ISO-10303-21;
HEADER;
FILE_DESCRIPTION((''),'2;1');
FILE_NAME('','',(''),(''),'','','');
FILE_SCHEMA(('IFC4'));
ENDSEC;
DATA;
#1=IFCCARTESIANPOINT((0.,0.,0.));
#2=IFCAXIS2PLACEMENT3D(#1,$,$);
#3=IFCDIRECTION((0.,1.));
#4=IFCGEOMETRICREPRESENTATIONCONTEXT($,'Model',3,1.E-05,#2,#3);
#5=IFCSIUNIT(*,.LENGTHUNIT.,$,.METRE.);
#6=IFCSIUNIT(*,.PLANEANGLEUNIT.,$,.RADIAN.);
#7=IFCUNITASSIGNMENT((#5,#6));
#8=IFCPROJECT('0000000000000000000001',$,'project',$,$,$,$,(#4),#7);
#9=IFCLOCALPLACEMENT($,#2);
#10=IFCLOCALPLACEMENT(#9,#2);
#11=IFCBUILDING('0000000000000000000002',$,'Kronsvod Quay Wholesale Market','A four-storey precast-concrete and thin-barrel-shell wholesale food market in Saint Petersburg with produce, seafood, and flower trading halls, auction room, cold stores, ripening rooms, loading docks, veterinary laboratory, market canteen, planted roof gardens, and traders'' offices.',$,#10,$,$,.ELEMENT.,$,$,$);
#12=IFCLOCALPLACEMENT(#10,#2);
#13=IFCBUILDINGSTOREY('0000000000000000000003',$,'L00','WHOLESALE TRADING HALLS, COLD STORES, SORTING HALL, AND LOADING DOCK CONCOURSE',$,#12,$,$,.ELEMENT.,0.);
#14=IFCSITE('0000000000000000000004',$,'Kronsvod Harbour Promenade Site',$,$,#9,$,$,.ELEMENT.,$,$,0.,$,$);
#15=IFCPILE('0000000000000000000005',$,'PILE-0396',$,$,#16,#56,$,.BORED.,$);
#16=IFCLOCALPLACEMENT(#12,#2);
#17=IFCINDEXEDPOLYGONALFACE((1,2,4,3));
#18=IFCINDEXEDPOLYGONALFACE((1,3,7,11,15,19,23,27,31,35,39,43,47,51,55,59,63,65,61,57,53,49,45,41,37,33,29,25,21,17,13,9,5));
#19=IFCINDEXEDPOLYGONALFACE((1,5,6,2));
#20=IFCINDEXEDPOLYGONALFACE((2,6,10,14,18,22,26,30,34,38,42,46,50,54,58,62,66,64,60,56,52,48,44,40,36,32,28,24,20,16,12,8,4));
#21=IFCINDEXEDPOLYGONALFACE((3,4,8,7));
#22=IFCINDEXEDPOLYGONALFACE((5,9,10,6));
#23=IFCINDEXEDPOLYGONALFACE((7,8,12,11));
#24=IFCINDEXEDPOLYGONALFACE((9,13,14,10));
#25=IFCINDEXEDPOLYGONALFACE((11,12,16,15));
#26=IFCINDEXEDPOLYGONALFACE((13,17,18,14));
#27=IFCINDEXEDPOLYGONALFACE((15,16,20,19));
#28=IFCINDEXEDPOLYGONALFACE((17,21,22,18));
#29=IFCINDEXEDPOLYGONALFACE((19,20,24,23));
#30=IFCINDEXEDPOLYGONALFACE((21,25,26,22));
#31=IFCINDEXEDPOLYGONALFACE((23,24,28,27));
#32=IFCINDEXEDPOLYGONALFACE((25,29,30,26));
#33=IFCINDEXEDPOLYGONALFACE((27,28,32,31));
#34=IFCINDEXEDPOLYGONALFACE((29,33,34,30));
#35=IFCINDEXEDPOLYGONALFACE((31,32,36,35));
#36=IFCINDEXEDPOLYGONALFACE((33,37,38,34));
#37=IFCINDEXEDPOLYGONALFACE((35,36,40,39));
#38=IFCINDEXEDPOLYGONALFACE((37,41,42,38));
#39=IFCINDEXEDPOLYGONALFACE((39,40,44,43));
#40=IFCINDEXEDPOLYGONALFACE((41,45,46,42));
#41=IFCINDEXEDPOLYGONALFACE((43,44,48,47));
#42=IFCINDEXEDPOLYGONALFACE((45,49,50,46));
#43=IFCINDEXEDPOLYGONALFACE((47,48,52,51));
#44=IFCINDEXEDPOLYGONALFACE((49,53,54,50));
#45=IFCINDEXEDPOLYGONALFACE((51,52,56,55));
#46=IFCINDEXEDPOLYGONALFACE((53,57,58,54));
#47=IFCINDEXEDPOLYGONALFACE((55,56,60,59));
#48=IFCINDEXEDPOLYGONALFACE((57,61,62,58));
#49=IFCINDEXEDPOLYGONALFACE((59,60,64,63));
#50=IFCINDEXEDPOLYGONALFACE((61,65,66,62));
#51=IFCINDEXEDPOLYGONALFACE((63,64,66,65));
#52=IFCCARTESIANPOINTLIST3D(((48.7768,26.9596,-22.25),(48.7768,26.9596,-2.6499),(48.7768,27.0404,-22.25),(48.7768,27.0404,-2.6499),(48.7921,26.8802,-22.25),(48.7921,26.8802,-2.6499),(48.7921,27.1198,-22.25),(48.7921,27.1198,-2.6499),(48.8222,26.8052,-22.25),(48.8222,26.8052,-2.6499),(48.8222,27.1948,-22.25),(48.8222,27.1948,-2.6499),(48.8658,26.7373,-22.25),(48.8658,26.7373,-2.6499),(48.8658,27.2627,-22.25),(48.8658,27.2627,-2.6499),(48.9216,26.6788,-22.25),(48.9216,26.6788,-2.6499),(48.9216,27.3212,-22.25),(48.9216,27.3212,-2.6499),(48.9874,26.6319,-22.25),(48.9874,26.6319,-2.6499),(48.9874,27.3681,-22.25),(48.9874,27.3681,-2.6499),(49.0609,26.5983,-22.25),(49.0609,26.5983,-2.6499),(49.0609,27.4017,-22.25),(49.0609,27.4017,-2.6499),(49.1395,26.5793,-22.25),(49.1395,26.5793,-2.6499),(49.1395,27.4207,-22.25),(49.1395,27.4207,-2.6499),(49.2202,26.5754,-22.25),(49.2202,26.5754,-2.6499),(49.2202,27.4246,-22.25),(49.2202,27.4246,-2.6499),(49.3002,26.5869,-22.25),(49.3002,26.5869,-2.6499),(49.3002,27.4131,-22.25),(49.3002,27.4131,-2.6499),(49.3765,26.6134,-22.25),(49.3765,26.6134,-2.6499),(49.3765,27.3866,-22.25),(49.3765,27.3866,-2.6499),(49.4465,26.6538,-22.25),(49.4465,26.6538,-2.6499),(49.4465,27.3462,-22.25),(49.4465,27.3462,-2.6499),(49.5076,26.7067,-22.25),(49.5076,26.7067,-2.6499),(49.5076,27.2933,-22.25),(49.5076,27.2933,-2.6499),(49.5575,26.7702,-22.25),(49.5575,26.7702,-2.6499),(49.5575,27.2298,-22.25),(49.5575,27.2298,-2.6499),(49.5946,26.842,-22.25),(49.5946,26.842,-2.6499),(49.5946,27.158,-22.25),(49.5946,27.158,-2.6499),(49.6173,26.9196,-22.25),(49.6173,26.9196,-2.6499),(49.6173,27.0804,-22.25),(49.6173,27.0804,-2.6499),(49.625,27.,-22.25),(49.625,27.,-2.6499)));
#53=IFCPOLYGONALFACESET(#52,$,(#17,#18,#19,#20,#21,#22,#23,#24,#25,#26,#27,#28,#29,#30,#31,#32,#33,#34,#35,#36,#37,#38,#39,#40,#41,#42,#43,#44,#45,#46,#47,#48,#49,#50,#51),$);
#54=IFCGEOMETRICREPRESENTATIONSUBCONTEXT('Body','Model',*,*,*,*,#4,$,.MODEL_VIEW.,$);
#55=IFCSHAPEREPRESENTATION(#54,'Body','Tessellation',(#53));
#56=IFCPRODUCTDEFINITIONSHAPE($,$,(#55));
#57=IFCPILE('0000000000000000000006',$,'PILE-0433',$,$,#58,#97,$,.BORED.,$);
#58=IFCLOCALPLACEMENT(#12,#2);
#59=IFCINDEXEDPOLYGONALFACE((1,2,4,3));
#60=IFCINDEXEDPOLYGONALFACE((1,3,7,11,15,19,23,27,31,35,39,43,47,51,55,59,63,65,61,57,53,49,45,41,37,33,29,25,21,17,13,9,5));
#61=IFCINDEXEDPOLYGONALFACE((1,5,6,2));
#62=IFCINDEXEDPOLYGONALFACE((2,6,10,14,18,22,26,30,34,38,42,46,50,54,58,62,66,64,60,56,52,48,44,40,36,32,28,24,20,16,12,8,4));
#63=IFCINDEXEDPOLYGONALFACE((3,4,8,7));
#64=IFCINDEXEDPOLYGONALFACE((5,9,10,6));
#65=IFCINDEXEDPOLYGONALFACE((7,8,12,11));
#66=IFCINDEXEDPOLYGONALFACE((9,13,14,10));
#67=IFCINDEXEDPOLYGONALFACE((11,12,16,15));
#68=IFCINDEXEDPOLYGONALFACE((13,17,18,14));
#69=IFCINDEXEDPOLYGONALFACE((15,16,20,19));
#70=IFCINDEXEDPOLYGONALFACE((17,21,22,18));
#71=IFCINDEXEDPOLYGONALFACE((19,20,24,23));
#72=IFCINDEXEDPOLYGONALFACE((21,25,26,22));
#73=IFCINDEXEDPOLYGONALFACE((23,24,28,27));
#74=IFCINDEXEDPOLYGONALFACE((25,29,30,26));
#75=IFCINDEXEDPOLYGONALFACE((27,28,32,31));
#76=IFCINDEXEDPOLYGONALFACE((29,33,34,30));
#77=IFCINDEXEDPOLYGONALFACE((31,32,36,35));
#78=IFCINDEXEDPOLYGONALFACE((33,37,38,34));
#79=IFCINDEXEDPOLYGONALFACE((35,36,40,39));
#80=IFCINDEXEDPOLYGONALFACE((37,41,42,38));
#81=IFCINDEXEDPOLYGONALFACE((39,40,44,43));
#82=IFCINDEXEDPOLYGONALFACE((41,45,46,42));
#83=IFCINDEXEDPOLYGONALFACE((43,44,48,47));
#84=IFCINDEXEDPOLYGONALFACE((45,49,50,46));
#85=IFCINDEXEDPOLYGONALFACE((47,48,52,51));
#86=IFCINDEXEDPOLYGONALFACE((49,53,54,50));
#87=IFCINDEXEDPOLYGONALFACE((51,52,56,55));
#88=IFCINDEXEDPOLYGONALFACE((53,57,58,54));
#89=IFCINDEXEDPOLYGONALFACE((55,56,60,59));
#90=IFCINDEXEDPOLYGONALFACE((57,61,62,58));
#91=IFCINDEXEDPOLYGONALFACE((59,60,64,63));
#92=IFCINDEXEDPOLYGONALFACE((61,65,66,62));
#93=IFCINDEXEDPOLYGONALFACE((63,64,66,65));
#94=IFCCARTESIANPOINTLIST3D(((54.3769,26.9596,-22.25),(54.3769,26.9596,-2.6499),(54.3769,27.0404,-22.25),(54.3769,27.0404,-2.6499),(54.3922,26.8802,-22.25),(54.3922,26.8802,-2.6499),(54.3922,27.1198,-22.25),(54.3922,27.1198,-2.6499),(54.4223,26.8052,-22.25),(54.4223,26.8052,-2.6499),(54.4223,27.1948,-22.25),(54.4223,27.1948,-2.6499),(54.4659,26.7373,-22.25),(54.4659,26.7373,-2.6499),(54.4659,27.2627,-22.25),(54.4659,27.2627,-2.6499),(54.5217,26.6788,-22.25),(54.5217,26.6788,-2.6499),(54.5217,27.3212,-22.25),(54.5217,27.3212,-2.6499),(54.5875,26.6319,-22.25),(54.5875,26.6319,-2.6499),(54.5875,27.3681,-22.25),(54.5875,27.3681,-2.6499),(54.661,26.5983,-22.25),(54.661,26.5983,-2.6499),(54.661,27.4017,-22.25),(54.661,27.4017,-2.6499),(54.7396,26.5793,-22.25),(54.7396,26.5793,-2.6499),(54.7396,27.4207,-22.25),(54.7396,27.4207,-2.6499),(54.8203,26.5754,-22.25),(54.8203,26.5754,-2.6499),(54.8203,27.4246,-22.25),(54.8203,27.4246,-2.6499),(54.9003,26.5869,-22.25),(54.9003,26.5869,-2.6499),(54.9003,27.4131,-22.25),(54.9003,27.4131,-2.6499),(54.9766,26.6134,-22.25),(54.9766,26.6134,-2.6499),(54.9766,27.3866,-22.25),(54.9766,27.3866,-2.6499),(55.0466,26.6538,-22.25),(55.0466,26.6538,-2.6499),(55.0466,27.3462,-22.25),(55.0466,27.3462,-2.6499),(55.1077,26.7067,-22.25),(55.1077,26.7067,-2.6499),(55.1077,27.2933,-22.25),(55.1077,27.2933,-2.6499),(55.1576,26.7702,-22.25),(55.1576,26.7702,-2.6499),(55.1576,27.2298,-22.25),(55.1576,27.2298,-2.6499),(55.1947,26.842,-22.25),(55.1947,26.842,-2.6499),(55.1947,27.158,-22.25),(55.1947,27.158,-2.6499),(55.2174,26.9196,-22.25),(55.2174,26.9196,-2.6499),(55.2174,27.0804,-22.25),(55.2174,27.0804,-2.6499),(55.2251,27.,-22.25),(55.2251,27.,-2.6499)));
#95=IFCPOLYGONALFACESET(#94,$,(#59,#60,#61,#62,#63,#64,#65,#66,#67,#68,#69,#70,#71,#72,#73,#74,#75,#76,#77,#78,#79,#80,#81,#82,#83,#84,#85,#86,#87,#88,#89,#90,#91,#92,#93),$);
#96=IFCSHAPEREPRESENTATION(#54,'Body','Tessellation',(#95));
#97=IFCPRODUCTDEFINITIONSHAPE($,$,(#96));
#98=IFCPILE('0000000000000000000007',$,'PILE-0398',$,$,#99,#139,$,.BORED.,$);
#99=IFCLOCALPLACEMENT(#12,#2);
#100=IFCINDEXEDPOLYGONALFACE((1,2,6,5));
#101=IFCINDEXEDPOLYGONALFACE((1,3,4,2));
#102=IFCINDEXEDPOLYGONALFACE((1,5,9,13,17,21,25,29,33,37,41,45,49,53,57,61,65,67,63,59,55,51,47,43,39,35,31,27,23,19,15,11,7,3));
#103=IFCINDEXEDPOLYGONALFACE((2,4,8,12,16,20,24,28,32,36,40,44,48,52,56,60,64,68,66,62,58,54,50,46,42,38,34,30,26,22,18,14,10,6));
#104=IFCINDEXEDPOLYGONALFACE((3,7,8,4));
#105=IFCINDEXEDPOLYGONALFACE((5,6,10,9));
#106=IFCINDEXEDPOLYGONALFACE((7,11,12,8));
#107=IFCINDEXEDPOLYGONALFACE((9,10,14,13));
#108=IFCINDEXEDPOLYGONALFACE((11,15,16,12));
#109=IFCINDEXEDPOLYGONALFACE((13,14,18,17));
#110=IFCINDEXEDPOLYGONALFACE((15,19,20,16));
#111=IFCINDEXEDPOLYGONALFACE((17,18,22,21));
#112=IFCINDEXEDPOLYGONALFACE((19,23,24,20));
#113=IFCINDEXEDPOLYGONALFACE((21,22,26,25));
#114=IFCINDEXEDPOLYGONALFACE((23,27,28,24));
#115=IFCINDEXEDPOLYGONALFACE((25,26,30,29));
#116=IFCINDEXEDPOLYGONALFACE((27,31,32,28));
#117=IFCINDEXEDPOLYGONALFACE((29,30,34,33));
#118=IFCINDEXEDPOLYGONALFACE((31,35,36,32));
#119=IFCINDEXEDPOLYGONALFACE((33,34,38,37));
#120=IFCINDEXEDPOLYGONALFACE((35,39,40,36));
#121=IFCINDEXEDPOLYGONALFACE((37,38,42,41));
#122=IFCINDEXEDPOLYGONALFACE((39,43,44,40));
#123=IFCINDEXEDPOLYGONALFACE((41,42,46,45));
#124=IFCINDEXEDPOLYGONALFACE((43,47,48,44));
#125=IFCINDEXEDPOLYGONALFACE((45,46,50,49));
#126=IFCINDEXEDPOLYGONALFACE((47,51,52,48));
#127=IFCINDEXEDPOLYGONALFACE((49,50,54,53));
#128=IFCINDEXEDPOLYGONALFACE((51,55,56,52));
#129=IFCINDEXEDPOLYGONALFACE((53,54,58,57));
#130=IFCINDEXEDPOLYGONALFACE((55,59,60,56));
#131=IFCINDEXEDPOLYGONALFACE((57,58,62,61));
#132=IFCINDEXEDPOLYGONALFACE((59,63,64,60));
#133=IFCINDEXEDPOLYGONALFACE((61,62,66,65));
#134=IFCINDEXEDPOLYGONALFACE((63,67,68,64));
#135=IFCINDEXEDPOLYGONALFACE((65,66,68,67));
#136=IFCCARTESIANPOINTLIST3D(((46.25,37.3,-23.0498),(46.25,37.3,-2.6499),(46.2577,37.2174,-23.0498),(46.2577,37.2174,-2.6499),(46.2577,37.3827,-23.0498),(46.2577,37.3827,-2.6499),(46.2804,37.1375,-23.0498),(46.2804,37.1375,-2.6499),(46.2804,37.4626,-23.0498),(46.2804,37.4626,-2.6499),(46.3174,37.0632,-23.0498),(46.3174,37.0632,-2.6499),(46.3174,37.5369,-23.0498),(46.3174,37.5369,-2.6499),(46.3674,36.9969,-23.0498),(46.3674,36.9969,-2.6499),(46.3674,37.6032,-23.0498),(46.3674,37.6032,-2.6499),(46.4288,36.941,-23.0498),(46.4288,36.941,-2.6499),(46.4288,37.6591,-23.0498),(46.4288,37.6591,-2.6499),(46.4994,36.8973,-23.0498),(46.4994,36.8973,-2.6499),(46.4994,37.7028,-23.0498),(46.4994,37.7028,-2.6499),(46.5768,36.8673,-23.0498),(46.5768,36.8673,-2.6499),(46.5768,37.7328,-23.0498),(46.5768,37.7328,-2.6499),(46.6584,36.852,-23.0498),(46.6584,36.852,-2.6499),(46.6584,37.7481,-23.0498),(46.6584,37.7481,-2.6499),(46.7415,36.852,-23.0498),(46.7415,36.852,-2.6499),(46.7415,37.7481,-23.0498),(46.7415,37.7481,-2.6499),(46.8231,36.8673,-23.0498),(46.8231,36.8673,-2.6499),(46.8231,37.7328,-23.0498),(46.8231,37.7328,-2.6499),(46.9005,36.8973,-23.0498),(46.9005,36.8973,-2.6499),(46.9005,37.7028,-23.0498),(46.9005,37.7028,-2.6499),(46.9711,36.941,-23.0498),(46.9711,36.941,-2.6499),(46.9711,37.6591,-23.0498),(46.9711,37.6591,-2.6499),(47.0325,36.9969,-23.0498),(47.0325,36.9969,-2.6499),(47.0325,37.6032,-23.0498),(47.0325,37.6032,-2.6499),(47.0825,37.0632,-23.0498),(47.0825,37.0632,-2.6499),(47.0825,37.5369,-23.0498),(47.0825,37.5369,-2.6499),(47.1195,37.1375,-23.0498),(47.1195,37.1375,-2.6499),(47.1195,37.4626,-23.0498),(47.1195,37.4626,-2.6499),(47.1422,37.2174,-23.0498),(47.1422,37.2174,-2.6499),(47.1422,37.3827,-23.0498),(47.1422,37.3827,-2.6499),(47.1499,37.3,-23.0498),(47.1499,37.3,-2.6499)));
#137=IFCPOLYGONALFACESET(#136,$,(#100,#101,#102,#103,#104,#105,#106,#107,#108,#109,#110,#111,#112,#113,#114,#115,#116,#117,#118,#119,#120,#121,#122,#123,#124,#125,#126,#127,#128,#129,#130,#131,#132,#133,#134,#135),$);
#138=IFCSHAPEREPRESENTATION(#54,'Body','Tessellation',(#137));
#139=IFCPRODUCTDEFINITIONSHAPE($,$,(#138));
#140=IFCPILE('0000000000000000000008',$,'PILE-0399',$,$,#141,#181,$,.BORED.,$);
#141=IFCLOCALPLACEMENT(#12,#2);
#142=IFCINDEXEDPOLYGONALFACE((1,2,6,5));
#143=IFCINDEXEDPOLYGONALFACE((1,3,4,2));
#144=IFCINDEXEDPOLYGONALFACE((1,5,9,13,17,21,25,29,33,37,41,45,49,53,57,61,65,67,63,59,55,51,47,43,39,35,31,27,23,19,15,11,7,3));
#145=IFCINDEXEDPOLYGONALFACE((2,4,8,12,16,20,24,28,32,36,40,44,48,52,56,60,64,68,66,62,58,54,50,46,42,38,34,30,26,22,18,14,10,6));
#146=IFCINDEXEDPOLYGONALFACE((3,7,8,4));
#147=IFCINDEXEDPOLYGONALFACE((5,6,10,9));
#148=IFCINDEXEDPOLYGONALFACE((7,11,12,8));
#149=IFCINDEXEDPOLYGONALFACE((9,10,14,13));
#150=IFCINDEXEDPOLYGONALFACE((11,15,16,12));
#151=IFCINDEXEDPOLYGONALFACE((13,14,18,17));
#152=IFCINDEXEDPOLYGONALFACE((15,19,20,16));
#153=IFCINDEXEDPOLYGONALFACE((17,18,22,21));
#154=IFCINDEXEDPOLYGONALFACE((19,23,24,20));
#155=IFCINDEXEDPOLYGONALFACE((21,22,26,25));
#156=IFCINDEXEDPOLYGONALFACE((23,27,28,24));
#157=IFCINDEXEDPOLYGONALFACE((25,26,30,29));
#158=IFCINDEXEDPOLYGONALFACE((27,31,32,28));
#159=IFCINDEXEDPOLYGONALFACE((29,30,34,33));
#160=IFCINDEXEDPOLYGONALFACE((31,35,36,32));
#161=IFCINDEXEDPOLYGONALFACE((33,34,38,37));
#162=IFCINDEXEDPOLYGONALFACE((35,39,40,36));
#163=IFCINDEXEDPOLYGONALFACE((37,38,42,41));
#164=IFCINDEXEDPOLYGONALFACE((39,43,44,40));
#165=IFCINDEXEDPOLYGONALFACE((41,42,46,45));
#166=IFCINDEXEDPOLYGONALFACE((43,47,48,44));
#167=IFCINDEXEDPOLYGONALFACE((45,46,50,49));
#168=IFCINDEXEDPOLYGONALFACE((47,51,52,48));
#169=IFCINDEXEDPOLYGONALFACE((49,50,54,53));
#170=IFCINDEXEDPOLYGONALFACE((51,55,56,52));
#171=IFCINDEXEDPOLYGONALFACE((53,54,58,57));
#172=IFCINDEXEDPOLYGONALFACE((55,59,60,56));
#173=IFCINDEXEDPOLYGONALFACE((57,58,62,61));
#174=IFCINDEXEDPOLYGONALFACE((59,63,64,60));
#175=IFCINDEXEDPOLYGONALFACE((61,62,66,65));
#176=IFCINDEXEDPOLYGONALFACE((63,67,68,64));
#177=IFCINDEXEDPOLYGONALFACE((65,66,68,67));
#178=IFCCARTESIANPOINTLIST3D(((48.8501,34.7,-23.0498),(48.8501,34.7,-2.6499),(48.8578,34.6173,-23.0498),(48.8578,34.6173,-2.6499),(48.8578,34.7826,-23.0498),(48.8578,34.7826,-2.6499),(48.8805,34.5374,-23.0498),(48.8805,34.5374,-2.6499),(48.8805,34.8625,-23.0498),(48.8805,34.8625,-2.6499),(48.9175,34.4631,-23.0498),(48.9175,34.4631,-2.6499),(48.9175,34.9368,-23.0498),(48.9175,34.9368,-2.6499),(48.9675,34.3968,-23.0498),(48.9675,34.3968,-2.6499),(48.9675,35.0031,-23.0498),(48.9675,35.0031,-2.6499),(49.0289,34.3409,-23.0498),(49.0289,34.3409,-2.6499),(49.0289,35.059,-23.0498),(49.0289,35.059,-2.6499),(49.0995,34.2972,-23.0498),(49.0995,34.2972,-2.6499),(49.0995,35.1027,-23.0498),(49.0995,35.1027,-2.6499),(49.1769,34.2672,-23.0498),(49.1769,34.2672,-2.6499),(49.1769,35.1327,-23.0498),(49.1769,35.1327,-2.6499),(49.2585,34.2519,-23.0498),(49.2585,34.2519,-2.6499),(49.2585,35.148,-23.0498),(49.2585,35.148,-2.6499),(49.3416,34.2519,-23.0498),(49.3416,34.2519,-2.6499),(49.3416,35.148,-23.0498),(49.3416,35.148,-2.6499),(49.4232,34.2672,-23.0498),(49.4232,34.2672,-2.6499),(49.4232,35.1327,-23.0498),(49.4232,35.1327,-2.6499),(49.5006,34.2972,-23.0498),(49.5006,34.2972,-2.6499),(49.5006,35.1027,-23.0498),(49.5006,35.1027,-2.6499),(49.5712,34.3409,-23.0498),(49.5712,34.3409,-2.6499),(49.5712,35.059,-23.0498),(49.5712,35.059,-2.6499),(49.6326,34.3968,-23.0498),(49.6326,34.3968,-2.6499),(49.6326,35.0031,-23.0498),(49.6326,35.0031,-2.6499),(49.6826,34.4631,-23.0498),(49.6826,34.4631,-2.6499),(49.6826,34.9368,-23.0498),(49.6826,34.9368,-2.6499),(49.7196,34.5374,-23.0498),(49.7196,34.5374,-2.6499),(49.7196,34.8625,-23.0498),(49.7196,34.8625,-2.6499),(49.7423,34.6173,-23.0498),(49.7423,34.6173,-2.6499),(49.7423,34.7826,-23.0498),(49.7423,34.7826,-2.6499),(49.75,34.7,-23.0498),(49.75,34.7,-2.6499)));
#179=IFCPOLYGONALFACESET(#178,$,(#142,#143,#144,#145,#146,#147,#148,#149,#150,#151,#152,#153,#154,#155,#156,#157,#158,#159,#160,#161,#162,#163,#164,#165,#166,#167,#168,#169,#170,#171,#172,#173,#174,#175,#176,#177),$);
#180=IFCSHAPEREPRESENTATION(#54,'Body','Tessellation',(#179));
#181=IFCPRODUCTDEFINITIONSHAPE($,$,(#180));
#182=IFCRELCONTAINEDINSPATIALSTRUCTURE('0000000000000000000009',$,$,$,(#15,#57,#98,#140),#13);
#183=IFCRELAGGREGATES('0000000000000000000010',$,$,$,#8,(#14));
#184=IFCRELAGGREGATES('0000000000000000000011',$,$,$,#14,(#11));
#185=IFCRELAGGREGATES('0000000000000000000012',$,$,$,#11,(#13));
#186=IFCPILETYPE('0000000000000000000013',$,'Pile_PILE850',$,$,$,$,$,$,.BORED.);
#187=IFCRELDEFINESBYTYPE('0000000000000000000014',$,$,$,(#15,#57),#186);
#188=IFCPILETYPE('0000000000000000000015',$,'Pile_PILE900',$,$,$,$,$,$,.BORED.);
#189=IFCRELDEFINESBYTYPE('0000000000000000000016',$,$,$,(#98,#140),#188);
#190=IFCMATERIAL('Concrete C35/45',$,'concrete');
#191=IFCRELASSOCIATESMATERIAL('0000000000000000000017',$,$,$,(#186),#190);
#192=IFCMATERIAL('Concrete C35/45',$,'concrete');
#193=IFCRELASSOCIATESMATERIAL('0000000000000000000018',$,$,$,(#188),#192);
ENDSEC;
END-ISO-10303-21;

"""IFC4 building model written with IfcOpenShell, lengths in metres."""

from ifc_helpers import new_model, si_unit, direction, frame, origin, origin_2d, place, context, subcontext, project, spatial, circle, extrude, material, material_profile, profile_set, type_object, element, save


model = new_model("IFC4")

# Units and contexts
model_context = context("Model", 3, precision=1e-05, world=origin(), true_north=direction((0.0, 1.0)))
body_context = subcontext(model_context, "Body", "Model", "MODEL_VIEW")
ifc_project = project(units=[si_unit("LENGTHUNIT", "METRE"), si_unit("PLANEANGLEUNIT", "RADIAN")], contexts=[model_context])

# Site, building, storey
site_placement = place(None, origin())
site = spatial("IfcSite", under=ifc_project, at=site_placement, Name="Kronsvod Harbour Promenade Site", CompositionType="ELEMENT", RefElevation=0.0)
building_placement = place(site_placement, origin())
building = spatial("IfcBuilding", under=site, at=building_placement, Name="Kronsvod Quay Wholesale Market", Description="A four-storey precast-concrete and thin-barrel-shell wholesale food market in Saint Petersburg with produce, seafood, and flower trading halls, auction room, cold stores, ripening rooms, loading docks, veterinary laboratory, market canteen, planted roof gardens, and traders' offices.", CompositionType="ELEMENT")
storey_placement = place(building_placement, origin())
storey = spatial("IfcBuildingStorey", under=building, at=storey_placement, Name="L00", Description="WHOLESALE TRADING HALLS, COLD STORES, SORTING HALL, AND LOADING DOCK CONCOURSE", CompositionType="ELEMENT", Elevation=0.0)

# Piles
ifc_material_1 = material(Name="Concrete C35/45", Category="concrete")
ifc_material_profile_1 = material_profile(ifc_material_1, circle(Radius=0.425, at=origin_2d()), Name="PILE850")
ifc_profile_set_1 = profile_set([ifc_material_profile_1], Name="Concrete C35/45")
pile_type_1 = type_object("IfcPileType", Name="Pile_PILE850", PredefinedType="BORED", material=ifc_profile_set_1)
for number, where, z_axis, x_axis, name in (
    (1, (49.2, 27.0, -2.6499), (0.0, 0.0, -1.0), (1.0, 0.0, 0.0), "PILE-0396"),
    (2, (54.8, 27.0, -2.6499), (0.0, 0.0, -1.0), (1.0, 0.0, 0.0), "PILE-0433"),
):
    element("IfcPile", number, at=place(storey_placement, frame(where, z_axis=z_axis, x_axis=x_axis)), inside=storey, type_object=pile_type_1, Name=name, PredefinedType="BORED", context=body_context, shape_type="SweptSolid", body=[
        extrude(circle(Radius=0.425, at=origin_2d()), origin(), (0.0, 0.0, 1.0), 19.6001),
    ])
ifc_material_2 = material(Name="Concrete C35/45", Category="concrete")
ifc_material_profile_2 = material_profile(ifc_material_2, circle(Radius=0.45, at=origin_2d()), Name="PILE900")
ifc_profile_set_2 = profile_set([ifc_material_profile_2], Name="Concrete C35/45")
pile_type_2 = type_object("IfcPileType", Name="Pile_PILE900", PredefinedType="BORED", material=ifc_profile_set_2)
for number, where, z_axis, x_axis, name in (
    (3, (46.7, 37.3, -2.6499), (0.0, 0.0, -1.0), (1.0, 0.0, 0.0), "PILE-0398"),
    (4, (49.3, 34.7, -2.6499), (0.0, 0.0, -1.0), (1.0, 0.0, 0.0), "PILE-0399"),
):
    element("IfcPile", number, at=place(storey_placement, frame(where, z_axis=z_axis, x_axis=x_axis)), inside=storey, type_object=pile_type_2, Name=name, PredefinedType="BORED", context=body_context, shape_type="SweptSolid", body=[
        extrude(circle(Radius=0.45, at=origin_2d()), origin(), (0.0, 0.0, 1.0), 20.3999),
    ])

save(model, "model.ifc")
